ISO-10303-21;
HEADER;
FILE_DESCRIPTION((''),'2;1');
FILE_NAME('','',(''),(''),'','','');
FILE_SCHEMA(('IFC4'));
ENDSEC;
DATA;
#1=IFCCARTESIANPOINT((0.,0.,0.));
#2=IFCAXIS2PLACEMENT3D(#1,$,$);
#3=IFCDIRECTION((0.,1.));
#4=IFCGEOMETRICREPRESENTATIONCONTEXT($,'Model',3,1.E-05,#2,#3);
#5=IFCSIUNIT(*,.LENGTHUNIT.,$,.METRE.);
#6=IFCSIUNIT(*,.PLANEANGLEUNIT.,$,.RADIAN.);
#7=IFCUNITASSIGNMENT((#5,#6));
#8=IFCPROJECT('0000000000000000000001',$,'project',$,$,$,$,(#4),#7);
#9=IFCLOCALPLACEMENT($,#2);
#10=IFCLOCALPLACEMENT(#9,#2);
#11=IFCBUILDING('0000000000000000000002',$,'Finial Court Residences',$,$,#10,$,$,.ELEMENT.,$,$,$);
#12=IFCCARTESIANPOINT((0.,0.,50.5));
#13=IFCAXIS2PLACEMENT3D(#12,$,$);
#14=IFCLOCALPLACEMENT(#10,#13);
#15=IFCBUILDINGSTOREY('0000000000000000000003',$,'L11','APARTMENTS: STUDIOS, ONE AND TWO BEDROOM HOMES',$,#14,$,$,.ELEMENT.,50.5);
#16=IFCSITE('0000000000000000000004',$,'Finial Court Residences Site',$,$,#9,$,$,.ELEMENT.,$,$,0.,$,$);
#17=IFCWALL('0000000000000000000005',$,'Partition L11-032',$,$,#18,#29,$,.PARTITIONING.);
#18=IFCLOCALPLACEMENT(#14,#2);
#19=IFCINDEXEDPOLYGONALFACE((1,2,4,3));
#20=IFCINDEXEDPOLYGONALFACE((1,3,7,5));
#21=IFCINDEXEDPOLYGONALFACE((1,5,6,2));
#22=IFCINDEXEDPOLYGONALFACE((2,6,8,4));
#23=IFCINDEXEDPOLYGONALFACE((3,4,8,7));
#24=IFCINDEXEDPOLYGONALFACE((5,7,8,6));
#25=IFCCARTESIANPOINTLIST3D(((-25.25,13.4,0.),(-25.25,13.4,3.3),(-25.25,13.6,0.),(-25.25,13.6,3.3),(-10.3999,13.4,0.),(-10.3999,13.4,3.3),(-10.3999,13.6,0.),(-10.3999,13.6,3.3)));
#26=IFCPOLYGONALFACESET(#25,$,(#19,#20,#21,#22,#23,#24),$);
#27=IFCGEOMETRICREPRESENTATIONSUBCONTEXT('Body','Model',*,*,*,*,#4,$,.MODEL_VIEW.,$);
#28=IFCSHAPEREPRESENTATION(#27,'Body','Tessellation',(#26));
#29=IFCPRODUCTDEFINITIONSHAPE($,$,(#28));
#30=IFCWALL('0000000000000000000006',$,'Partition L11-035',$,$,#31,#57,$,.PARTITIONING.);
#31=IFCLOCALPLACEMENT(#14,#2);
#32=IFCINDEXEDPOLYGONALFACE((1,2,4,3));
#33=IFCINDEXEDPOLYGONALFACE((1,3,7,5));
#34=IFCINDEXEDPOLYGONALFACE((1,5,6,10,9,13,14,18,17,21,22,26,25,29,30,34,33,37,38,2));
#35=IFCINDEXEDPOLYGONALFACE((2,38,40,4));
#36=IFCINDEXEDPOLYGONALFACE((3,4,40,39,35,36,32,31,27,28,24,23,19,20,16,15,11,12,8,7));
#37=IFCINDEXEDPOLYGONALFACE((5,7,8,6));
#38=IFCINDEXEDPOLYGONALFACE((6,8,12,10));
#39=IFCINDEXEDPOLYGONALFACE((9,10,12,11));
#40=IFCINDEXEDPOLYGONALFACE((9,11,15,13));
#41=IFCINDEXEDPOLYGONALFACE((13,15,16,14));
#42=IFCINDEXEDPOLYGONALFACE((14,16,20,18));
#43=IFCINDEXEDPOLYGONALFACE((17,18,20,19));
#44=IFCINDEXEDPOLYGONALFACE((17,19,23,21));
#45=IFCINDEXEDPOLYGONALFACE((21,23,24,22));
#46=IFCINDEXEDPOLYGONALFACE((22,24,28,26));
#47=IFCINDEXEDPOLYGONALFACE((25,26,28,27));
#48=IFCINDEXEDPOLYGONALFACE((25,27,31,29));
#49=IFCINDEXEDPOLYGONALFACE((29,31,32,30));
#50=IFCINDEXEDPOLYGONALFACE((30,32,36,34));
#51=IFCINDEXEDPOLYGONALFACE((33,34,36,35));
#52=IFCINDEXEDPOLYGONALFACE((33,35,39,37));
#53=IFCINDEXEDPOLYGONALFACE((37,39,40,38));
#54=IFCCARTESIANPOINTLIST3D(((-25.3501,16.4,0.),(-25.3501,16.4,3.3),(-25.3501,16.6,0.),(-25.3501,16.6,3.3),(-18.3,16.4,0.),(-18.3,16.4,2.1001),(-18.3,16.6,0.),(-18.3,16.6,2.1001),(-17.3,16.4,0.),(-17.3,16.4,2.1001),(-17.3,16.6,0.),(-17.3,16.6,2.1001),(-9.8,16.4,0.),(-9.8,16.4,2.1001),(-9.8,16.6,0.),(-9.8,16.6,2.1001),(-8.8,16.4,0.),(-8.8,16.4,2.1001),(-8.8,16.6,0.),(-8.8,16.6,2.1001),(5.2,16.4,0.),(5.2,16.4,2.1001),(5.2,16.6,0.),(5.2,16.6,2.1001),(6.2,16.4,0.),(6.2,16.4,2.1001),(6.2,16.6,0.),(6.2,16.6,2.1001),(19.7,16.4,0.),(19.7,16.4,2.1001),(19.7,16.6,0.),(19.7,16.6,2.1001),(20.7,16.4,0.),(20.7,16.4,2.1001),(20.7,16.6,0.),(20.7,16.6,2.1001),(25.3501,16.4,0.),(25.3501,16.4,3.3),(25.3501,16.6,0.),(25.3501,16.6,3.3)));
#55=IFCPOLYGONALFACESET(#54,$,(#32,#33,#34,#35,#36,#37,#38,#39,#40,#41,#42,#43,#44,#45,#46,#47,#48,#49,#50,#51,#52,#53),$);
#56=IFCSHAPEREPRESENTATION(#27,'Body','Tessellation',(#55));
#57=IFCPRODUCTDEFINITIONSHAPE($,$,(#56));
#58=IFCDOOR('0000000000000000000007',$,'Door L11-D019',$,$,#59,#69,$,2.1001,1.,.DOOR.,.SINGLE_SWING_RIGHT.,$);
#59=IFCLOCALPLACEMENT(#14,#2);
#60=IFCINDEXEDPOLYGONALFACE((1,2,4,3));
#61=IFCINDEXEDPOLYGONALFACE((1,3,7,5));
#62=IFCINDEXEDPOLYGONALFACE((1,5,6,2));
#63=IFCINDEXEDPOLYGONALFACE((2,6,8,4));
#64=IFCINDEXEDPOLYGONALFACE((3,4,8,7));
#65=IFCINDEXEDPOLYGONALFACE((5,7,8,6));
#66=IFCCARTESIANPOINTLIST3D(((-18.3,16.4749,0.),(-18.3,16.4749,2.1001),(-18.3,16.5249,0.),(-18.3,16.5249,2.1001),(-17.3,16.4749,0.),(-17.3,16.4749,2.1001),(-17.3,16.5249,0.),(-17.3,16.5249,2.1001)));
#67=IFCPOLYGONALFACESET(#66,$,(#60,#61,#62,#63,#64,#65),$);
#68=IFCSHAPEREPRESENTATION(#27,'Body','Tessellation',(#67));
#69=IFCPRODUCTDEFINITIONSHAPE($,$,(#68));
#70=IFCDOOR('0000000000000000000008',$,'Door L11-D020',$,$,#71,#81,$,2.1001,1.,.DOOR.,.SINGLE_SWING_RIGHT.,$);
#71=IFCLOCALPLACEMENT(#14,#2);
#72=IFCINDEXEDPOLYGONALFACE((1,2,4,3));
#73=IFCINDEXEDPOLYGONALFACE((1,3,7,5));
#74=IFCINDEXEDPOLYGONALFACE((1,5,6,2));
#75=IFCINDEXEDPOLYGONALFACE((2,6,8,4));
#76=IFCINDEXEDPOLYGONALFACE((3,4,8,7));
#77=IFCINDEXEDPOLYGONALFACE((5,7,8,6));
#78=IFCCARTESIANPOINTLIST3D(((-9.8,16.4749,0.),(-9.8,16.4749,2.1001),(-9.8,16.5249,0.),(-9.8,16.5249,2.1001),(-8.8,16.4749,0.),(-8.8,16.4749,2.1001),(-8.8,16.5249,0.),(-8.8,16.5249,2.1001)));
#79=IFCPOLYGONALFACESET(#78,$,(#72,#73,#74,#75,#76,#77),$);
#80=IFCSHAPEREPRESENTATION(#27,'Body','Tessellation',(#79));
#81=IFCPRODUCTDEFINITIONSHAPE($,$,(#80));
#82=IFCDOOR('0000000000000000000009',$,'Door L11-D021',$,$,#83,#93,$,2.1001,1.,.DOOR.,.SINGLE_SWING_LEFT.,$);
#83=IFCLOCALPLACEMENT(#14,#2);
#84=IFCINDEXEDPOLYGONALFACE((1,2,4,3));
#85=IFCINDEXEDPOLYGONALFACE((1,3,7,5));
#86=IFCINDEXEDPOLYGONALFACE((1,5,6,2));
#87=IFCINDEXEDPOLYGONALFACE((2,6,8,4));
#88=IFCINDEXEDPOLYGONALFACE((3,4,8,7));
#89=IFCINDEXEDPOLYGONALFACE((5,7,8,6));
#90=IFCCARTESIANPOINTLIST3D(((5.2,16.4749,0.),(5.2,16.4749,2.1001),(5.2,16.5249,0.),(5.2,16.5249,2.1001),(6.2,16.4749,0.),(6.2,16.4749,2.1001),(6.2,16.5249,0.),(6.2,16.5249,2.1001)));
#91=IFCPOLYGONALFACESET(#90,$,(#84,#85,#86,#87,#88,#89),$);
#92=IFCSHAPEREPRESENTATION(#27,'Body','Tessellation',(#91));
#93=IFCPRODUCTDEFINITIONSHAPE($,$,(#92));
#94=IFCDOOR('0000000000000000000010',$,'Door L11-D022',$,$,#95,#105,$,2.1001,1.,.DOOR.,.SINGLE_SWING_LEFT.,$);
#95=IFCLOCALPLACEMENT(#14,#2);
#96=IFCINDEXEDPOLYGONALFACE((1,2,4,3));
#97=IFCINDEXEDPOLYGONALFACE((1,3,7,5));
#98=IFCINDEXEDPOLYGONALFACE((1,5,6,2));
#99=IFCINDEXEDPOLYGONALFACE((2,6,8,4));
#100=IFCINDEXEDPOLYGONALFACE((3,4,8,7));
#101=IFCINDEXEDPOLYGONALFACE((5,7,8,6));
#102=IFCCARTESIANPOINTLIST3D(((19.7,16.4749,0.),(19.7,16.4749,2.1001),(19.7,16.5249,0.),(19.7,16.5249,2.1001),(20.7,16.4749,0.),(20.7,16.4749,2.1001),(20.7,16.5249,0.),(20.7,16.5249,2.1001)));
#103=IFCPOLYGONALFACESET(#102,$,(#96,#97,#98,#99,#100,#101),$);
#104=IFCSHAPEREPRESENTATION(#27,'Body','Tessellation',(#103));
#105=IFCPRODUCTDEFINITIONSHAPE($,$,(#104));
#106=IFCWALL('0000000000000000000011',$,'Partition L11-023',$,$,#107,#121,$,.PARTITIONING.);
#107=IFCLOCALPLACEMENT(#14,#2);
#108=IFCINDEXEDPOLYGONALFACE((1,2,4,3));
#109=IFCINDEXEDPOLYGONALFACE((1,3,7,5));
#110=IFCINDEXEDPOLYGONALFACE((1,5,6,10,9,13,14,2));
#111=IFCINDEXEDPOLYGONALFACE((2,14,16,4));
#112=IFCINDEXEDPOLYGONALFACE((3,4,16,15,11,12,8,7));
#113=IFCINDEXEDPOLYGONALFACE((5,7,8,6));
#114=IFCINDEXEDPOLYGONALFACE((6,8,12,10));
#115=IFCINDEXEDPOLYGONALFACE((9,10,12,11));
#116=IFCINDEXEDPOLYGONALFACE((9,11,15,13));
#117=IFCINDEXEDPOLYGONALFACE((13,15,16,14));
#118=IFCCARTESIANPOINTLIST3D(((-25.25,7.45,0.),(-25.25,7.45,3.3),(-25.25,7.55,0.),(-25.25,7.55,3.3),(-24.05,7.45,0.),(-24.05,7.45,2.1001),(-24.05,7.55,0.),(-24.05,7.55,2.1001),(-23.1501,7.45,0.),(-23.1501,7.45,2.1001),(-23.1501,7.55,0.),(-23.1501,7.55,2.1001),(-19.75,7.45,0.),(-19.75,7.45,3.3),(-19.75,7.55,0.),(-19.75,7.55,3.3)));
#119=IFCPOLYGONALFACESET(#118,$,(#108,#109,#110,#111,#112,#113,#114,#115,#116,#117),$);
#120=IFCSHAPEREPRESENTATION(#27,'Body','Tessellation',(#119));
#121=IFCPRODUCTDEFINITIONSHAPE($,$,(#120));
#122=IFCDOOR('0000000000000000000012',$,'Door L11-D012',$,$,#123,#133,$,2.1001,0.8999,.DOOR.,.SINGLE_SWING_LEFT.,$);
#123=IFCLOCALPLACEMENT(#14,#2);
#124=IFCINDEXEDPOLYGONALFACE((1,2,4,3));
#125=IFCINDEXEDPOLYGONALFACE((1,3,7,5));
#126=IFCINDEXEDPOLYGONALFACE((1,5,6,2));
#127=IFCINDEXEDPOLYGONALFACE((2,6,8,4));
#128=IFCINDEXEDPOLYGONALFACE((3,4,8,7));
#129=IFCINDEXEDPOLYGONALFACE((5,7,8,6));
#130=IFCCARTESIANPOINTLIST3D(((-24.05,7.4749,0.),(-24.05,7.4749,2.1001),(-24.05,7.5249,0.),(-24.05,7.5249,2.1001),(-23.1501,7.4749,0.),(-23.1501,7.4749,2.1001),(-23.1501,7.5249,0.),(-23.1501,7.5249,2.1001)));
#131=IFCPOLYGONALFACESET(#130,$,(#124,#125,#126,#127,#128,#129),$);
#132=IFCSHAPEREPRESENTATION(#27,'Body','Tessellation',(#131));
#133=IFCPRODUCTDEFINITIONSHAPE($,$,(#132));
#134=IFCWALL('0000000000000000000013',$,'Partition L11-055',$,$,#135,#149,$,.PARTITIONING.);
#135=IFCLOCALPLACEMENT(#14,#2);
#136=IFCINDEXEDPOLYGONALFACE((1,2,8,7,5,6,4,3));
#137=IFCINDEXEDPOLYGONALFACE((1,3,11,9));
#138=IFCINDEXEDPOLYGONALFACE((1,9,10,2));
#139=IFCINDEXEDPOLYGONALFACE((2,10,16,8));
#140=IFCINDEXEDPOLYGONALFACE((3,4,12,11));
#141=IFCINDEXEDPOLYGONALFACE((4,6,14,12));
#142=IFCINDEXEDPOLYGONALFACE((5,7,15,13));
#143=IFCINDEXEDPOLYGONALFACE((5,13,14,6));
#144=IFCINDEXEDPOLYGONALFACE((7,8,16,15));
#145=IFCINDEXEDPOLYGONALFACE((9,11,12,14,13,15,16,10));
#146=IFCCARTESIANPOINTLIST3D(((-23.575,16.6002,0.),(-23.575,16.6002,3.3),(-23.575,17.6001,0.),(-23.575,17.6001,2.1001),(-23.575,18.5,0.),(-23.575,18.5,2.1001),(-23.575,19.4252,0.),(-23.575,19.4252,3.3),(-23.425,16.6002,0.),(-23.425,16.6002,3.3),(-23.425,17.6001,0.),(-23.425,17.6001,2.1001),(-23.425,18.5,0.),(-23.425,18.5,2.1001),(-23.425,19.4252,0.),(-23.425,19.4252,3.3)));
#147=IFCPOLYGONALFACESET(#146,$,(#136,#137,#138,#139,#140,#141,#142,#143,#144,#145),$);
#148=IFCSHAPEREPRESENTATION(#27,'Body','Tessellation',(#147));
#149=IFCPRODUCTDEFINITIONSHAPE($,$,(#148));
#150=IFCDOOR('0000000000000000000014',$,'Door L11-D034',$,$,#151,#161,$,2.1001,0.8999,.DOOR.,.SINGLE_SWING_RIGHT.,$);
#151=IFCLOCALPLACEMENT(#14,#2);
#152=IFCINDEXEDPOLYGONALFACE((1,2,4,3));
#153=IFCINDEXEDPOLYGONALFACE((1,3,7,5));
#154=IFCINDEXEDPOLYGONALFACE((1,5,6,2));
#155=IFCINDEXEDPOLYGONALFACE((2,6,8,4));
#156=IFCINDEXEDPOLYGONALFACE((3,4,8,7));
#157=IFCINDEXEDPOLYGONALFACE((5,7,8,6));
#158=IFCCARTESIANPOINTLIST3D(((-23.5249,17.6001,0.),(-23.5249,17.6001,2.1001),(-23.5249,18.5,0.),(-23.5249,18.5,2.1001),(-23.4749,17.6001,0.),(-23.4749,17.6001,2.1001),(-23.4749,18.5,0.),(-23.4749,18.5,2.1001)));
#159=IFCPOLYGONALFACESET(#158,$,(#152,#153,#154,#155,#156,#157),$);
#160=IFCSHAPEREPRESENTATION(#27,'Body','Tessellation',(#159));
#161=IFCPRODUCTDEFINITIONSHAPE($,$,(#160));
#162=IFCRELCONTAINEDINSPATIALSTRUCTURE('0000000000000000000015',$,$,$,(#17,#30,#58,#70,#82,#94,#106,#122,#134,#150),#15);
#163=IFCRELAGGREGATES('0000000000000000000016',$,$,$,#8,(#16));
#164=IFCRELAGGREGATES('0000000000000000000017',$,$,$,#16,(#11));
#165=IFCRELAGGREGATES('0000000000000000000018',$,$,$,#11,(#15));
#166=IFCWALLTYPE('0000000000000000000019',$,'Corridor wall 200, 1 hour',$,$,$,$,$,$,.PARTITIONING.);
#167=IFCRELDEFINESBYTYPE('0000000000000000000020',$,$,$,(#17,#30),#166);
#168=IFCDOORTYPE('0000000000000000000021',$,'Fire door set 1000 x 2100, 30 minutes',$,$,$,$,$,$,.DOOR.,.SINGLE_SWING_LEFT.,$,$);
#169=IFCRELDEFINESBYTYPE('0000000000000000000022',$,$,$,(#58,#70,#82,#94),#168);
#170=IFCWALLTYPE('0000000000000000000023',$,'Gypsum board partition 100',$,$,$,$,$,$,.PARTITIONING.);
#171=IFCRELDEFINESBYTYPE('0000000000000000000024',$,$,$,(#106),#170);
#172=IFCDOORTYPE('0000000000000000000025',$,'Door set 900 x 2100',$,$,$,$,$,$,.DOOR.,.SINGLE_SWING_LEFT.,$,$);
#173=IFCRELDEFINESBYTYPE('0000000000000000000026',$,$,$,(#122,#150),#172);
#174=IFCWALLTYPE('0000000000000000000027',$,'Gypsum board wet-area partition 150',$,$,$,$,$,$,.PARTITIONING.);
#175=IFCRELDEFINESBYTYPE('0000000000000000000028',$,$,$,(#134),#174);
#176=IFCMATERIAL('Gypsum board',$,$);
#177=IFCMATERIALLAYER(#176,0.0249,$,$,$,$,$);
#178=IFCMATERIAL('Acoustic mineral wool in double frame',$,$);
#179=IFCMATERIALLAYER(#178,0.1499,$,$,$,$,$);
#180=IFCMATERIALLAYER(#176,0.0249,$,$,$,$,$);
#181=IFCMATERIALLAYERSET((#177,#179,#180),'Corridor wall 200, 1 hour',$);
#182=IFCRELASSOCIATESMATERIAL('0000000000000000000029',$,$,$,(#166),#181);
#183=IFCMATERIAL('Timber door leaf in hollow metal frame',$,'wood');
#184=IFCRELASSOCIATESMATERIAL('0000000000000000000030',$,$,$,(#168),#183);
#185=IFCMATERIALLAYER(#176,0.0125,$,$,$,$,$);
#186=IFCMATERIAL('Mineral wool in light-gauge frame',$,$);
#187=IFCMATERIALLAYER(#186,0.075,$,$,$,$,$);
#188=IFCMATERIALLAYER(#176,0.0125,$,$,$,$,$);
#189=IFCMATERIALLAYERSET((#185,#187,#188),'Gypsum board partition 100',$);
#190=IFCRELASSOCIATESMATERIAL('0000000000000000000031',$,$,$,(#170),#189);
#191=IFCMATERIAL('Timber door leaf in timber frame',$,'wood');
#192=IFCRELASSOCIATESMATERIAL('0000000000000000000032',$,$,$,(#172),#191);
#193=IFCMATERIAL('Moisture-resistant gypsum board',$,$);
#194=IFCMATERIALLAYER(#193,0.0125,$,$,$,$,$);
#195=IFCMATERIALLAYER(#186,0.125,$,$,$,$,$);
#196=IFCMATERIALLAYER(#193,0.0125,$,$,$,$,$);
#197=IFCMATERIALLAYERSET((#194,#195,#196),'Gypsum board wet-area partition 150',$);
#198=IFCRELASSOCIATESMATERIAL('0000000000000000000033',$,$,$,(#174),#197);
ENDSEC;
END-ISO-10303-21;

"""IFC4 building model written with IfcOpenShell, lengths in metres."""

from ifc_helpers import new_model, si_unit, direction, frame, frame_2d, origin, place, context, subcontext, project, spatial, rectangle, extrude, material, layer, layer_set, type_object, element, fill, save


model = new_model("IFC4")

# Units and contexts
model_context = context("Model", 3, precision=1e-05, world=origin(), true_north=direction((0.0, 1.0)))
body_context = subcontext(model_context, "Body", "Model", "MODEL_VIEW")
ifc_project = project(units=[si_unit("LENGTHUNIT", "METRE"), si_unit("PLANEANGLEUNIT", "RADIAN")], contexts=[model_context])

# Site, building, storey
site_placement = place(None, origin())
site = spatial("IfcSite", under=ifc_project, at=site_placement, Name="Finial Court Residences Site", CompositionType="ELEMENT", RefElevation=0.0)
building_placement = place(site_placement, origin())
building = spatial("IfcBuilding", under=site, at=building_placement, Name="Finial Court Residences", CompositionType="ELEMENT")
storey_placement = place(building_placement, frame((0.0, 0.0, 50.5)))
storey = spatial("IfcBuildingStorey", under=building, at=storey_placement, Name="L11", Description="APARTMENTS: STUDIOS, ONE AND TWO BEDROOM HOMES", CompositionType="ELEMENT", Elevation=50.5)

# Wall
ifc_material_1 = material(Name="Gypsum board")
ifc_layer_1 = layer(ifc_material_1, 0.0249)
ifc_material_2 = material(Name="Acoustic mineral wool in double frame")
ifc_layer_2 = layer(ifc_material_2, 0.1499)
ifc_layer_3 = layer(ifc_material_1, 0.0249)
ifc_layer_set_1 = layer_set([ifc_layer_1, ifc_layer_2, ifc_layer_3], Name="Corridor wall 200, 1 hour")
wall_type_1 = type_object("IfcWallType", Name="Corridor wall 200, 1 hour", PredefinedType="PARTITIONING", material=ifc_layer_set_1)
wall_1_placement = place(storey_placement, frame((-25.25, 13.5, 0.0), z_axis=(0.0, 0.0, 1.0), x_axis=(1.0, 0.0, 0.0)))
element("IfcWall", 1, at=wall_1_placement, inside=storey, type_object=wall_type_1, Name="Partition L11-032", PredefinedType="PARTITIONING", context=body_context, shape_type="SweptSolid", body=[
    extrude(rectangle(XDim=14.8501, YDim=0.2, at=frame_2d((7.425, 0.0))), origin(), (0.0, 0.0, 1.0), 3.3),
])

# Wall, openings, doors
wall_2_placement = place(storey_placement, frame((-25.3501, 16.5, 0.0), z_axis=(0.0, 0.0, 1.0), x_axis=(1.0, 0.0, 0.0)))
wall_2 = element("IfcWall", 2, at=wall_2_placement, inside=storey, type_object=wall_type_1, Name="Partition L11-035", PredefinedType="PARTITIONING", context=body_context, shape_type="SweptSolid", body=[
    extrude(rectangle(XDim=50.7002, YDim=0.2, at=frame_2d((25.3501, 0.0))), origin(), (0.0, 0.0, 1.0), 3.3),
])
opening_1_placement = place(wall_2_placement, frame((7.05, 0.0, 0.0)))
opening_1 = element("IfcOpeningElement", 3, at=opening_1_placement, cuts=wall_2, PredefinedType="OPENING", context=body_context, shape_type="SweptSolid", body=[
    extrude(rectangle(XDim=1.0, YDim=2.1001, at=frame_2d((0.5, 1.05))), frame((0.0, 0.1099, 0.0), z_axis=(0.0, -1.0, 0.0), x_axis=(1.0, 0.0, 0.0)), (0.0, 0.0, 1.0), 0.22),
])
opening_2_placement = place(wall_2_placement, frame((15.55, 0.0, 0.0)))
opening_2 = element("IfcOpeningElement", 4, at=opening_2_placement, cuts=wall_2, PredefinedType="OPENING", context=body_context, shape_type="SweptSolid", body=[
    extrude(rectangle(XDim=1.0, YDim=2.1001, at=frame_2d((0.5, 1.05))), frame((0.0, 0.1099, 0.0), z_axis=(0.0, -1.0, 0.0), x_axis=(1.0, 0.0, 0.0)), (0.0, 0.0, 1.0), 0.22),
])
opening_3_placement = place(wall_2_placement, frame((30.55, 0.0, 0.0)))
opening_3 = element("IfcOpeningElement", 5, at=opening_3_placement, cuts=wall_2, PredefinedType="OPENING", context=body_context, shape_type="SweptSolid", body=[
    extrude(rectangle(XDim=1.0, YDim=2.1001, at=frame_2d((0.5, 1.05))), frame((0.0, 0.1099, 0.0), z_axis=(0.0, -1.0, 0.0), x_axis=(1.0, 0.0, 0.0)), (0.0, 0.0, 1.0), 0.22),
])
opening_4_placement = place(wall_2_placement, frame((45.05, 0.0, 0.0)))
opening_4 = element("IfcOpeningElement", 6, at=opening_4_placement, cuts=wall_2, PredefinedType="OPENING", context=body_context, shape_type="SweptSolid", body=[
    extrude(rectangle(XDim=1.0, YDim=2.1001, at=frame_2d((0.5, 1.05))), frame((0.0, 0.1099, 0.0), z_axis=(0.0, -1.0, 0.0), x_axis=(1.0, 0.0, 0.0)), (0.0, 0.0, 1.0), 0.22),
])
ifc_material_3 = material(Name="Timber door leaf in hollow metal frame", Category="wood")
door_type_1 = type_object("IfcDoorType", Name="Fire door set 1000 x 2100, 30 minutes", OperationType="SINGLE_SWING_LEFT", PredefinedType="DOOR", material=ifc_material_3)
door_1_placement = place(opening_1_placement, origin())
door_1 = element("IfcDoor", 7, at=door_1_placement, inside=storey, type_object=door_type_1, Name="Door L11-D019", OperationType="SINGLE_SWING_RIGHT", OverallHeight=2.1001, OverallWidth=1.0, PredefinedType="DOOR", context=body_context, shape_type="SweptSolid", body=[
    extrude(rectangle(XDim=1.0, YDim=2.1001, at=frame_2d((0.5, 1.05))), frame((0.0, 0.0249, 0.0), z_axis=(0.0, -1.0, 0.0), x_axis=(1.0, 0.0, 0.0)), (0.0, 0.0, 1.0), 0.05),
])
fill(opening_1, door_1)
door_2_placement = place(opening_2_placement, origin())
door_2 = element("IfcDoor", 8, at=door_2_placement, inside=storey, type_object=door_type_1, Name="Door L11-D020", OperationType="SINGLE_SWING_RIGHT", OverallHeight=2.1001, OverallWidth=1.0, PredefinedType="DOOR", context=body_context, shape_type="SweptSolid", body=[
    extrude(rectangle(XDim=1.0, YDim=2.1001, at=frame_2d((0.5, 1.05))), frame((0.0, 0.0249, 0.0), z_axis=(0.0, -1.0, 0.0), x_axis=(1.0, 0.0, 0.0)), (0.0, 0.0, 1.0), 0.05),
])
fill(opening_2, door_2)
door_3_placement = place(opening_3_placement, origin())
door_3 = element("IfcDoor", 9, at=door_3_placement, inside=storey, type_object=door_type_1, Name="Door L11-D021", OperationType="SINGLE_SWING_LEFT", OverallHeight=2.1001, OverallWidth=1.0, PredefinedType="DOOR", context=body_context, shape_type="SweptSolid", body=[
    extrude(rectangle(XDim=1.0, YDim=2.1001, at=frame_2d((0.5, 1.05))), frame((0.0, 0.0249, 0.0), z_axis=(0.0, -1.0, 0.0), x_axis=(1.0, 0.0, 0.0)), (0.0, 0.0, 1.0), 0.05),
])
fill(opening_3, door_3)
door_4_placement = place(opening_4_placement, origin())
door_4 = element("IfcDoor", 10, at=door_4_placement, inside=storey, type_object=door_type_1, Name="Door L11-D022", OperationType="SINGLE_SWING_LEFT", OverallHeight=2.1001, OverallWidth=1.0, PredefinedType="DOOR", context=body_context, shape_type="SweptSolid", body=[
    extrude(rectangle(XDim=1.0, YDim=2.1001, at=frame_2d((0.5, 1.05))), frame((0.0, 0.0249, 0.0), z_axis=(0.0, -1.0, 0.0), x_axis=(1.0, 0.0, 0.0)), (0.0, 0.0, 1.0), 0.05),
])
fill(opening_4, door_4)

# Walls, openings, doors
ifc_layer_4 = layer(ifc_material_1, 0.0125)
ifc_material_4 = material(Name="Mineral wool in light-gauge frame")
ifc_layer_5 = layer(ifc_material_4, 0.075)
ifc_layer_6 = layer(ifc_material_1, 0.0125)
ifc_layer_set_2 = layer_set([ifc_layer_4, ifc_layer_5, ifc_layer_6], Name="Gypsum board partition 100")
wall_type_2 = type_object("IfcWallType", Name="Gypsum board partition 100", PredefinedType="PARTITIONING", material=ifc_layer_set_2)
wall_3_placement = place(storey_placement, frame((-25.25, 7.5, 0.0), z_axis=(0.0, 0.0, 1.0), x_axis=(1.0, 0.0, 0.0)))
wall_3 = element("IfcWall", 11, at=wall_3_placement, inside=storey, type_object=wall_type_2, Name="Partition L11-023", PredefinedType="PARTITIONING", context=body_context, shape_type="SweptSolid", body=[
    extrude(rectangle(XDim=5.5, YDim=0.1001, at=frame_2d((2.75, 0.0))), origin(), (0.0, 0.0, 1.0), 3.3),
])
opening_5_placement = place(wall_3_placement, frame((1.2, 0.0, 0.0)))
opening_5 = element("IfcOpeningElement", 12, at=opening_5_placement, cuts=wall_3, PredefinedType="OPENING", context=body_context, shape_type="SweptSolid", body=[
    extrude(rectangle(XDim=0.8999, YDim=2.1001, at=frame_2d((0.45, 1.05))), frame((0.0, 0.0601, 0.0), z_axis=(0.0, -1.0, 0.0), x_axis=(1.0, 0.0, 0.0)), (0.0, 0.0, 1.0), 0.1201),
])
ifc_material_5 = material(Name="Timber door leaf in timber frame", Category="wood")
door_type_2 = type_object("IfcDoorType", Name="Door set 900 x 2100", OperationType="SINGLE_SWING_LEFT", PredefinedType="DOOR", material=ifc_material_5)
door_5_placement = place(opening_5_placement, origin())
door_5 = element("IfcDoor", 13, at=door_5_placement, inside=storey, type_object=door_type_2, Name="Door L11-D012", OperationType="SINGLE_SWING_LEFT", OverallHeight=2.1001, OverallWidth=0.8999, PredefinedType="DOOR", context=body_context, shape_type="SweptSolid", body=[
    extrude(rectangle(XDim=0.8999, YDim=2.1001, at=frame_2d((0.45, 1.05))), frame((0.0, 0.0249, 0.0), z_axis=(0.0, -1.0, 0.0), x_axis=(1.0, 0.0, 0.0)), (0.0, 0.0, 1.0), 0.05),
])
fill(opening_5, door_5)
ifc_material_6 = material(Name="Moisture-resistant gypsum board")
ifc_layer_7 = layer(ifc_material_6, 0.0125)
ifc_layer_8 = layer(ifc_material_4, 0.125)
ifc_layer_9 = layer(ifc_material_6, 0.0125)
ifc_layer_set_3 = layer_set([ifc_layer_7, ifc_layer_8, ifc_layer_9], Name="Gypsum board wet-area partition 150")
wall_type_3 = type_object("IfcWallType", Name="Gypsum board wet-area partition 150", PredefinedType="PARTITIONING", material=ifc_layer_set_3)
wall_4_placement = place(storey_placement, frame((-23.5, 16.6001, 0.0), z_axis=(0.0, 0.0, 1.0), x_axis=(0.0, 1.0, 0.0)))
wall_4 = element("IfcWall", 14, at=wall_4_placement, inside=storey, type_object=wall_type_3, Name="Partition L11-055", PredefinedType="PARTITIONING", context=body_context, shape_type="SweptSolid", body=[
    extrude(rectangle(XDim=2.825, YDim=0.1499, at=frame_2d((1.4126, 0.0))), origin(), (0.0, 0.0, 1.0), 3.3),
])
opening_6_placement = place(wall_4_placement, frame((1.0, 0.0, 0.0)))
opening_6 = element("IfcOpeningElement", 15, at=opening_6_placement, cuts=wall_4, PredefinedType="OPENING", context=body_context, shape_type="SweptSolid", body=[
    extrude(rectangle(XDim=0.8999, YDim=2.1001, at=frame_2d((0.45, 1.05))), frame((0.0, 0.085, 0.0), z_axis=(0.0, -1.0, 0.0), x_axis=(1.0, 0.0, 0.0)), (0.0, 0.0, 1.0), 0.1699),
])
door_6_placement = place(opening_6_placement, origin())
door_6 = element("IfcDoor", 16, at=door_6_placement, inside=storey, type_object=door_type_2, Name="Door L11-D034", OperationType="SINGLE_SWING_RIGHT", OverallHeight=2.1001, OverallWidth=0.8999, PredefinedType="DOOR", context=body_context, shape_type="SweptSolid", body=[
    extrude(rectangle(XDim=0.8999, YDim=2.1001, at=frame_2d((0.45, 1.05))), frame((0.0, 0.0249, 0.0), z_axis=(0.0, -1.0, 0.0), x_axis=(1.0, 0.0, 0.0)), (0.0, 0.0, 1.0), 0.05),
])
fill(opening_6, door_6)

save(model, "model.ifc")
